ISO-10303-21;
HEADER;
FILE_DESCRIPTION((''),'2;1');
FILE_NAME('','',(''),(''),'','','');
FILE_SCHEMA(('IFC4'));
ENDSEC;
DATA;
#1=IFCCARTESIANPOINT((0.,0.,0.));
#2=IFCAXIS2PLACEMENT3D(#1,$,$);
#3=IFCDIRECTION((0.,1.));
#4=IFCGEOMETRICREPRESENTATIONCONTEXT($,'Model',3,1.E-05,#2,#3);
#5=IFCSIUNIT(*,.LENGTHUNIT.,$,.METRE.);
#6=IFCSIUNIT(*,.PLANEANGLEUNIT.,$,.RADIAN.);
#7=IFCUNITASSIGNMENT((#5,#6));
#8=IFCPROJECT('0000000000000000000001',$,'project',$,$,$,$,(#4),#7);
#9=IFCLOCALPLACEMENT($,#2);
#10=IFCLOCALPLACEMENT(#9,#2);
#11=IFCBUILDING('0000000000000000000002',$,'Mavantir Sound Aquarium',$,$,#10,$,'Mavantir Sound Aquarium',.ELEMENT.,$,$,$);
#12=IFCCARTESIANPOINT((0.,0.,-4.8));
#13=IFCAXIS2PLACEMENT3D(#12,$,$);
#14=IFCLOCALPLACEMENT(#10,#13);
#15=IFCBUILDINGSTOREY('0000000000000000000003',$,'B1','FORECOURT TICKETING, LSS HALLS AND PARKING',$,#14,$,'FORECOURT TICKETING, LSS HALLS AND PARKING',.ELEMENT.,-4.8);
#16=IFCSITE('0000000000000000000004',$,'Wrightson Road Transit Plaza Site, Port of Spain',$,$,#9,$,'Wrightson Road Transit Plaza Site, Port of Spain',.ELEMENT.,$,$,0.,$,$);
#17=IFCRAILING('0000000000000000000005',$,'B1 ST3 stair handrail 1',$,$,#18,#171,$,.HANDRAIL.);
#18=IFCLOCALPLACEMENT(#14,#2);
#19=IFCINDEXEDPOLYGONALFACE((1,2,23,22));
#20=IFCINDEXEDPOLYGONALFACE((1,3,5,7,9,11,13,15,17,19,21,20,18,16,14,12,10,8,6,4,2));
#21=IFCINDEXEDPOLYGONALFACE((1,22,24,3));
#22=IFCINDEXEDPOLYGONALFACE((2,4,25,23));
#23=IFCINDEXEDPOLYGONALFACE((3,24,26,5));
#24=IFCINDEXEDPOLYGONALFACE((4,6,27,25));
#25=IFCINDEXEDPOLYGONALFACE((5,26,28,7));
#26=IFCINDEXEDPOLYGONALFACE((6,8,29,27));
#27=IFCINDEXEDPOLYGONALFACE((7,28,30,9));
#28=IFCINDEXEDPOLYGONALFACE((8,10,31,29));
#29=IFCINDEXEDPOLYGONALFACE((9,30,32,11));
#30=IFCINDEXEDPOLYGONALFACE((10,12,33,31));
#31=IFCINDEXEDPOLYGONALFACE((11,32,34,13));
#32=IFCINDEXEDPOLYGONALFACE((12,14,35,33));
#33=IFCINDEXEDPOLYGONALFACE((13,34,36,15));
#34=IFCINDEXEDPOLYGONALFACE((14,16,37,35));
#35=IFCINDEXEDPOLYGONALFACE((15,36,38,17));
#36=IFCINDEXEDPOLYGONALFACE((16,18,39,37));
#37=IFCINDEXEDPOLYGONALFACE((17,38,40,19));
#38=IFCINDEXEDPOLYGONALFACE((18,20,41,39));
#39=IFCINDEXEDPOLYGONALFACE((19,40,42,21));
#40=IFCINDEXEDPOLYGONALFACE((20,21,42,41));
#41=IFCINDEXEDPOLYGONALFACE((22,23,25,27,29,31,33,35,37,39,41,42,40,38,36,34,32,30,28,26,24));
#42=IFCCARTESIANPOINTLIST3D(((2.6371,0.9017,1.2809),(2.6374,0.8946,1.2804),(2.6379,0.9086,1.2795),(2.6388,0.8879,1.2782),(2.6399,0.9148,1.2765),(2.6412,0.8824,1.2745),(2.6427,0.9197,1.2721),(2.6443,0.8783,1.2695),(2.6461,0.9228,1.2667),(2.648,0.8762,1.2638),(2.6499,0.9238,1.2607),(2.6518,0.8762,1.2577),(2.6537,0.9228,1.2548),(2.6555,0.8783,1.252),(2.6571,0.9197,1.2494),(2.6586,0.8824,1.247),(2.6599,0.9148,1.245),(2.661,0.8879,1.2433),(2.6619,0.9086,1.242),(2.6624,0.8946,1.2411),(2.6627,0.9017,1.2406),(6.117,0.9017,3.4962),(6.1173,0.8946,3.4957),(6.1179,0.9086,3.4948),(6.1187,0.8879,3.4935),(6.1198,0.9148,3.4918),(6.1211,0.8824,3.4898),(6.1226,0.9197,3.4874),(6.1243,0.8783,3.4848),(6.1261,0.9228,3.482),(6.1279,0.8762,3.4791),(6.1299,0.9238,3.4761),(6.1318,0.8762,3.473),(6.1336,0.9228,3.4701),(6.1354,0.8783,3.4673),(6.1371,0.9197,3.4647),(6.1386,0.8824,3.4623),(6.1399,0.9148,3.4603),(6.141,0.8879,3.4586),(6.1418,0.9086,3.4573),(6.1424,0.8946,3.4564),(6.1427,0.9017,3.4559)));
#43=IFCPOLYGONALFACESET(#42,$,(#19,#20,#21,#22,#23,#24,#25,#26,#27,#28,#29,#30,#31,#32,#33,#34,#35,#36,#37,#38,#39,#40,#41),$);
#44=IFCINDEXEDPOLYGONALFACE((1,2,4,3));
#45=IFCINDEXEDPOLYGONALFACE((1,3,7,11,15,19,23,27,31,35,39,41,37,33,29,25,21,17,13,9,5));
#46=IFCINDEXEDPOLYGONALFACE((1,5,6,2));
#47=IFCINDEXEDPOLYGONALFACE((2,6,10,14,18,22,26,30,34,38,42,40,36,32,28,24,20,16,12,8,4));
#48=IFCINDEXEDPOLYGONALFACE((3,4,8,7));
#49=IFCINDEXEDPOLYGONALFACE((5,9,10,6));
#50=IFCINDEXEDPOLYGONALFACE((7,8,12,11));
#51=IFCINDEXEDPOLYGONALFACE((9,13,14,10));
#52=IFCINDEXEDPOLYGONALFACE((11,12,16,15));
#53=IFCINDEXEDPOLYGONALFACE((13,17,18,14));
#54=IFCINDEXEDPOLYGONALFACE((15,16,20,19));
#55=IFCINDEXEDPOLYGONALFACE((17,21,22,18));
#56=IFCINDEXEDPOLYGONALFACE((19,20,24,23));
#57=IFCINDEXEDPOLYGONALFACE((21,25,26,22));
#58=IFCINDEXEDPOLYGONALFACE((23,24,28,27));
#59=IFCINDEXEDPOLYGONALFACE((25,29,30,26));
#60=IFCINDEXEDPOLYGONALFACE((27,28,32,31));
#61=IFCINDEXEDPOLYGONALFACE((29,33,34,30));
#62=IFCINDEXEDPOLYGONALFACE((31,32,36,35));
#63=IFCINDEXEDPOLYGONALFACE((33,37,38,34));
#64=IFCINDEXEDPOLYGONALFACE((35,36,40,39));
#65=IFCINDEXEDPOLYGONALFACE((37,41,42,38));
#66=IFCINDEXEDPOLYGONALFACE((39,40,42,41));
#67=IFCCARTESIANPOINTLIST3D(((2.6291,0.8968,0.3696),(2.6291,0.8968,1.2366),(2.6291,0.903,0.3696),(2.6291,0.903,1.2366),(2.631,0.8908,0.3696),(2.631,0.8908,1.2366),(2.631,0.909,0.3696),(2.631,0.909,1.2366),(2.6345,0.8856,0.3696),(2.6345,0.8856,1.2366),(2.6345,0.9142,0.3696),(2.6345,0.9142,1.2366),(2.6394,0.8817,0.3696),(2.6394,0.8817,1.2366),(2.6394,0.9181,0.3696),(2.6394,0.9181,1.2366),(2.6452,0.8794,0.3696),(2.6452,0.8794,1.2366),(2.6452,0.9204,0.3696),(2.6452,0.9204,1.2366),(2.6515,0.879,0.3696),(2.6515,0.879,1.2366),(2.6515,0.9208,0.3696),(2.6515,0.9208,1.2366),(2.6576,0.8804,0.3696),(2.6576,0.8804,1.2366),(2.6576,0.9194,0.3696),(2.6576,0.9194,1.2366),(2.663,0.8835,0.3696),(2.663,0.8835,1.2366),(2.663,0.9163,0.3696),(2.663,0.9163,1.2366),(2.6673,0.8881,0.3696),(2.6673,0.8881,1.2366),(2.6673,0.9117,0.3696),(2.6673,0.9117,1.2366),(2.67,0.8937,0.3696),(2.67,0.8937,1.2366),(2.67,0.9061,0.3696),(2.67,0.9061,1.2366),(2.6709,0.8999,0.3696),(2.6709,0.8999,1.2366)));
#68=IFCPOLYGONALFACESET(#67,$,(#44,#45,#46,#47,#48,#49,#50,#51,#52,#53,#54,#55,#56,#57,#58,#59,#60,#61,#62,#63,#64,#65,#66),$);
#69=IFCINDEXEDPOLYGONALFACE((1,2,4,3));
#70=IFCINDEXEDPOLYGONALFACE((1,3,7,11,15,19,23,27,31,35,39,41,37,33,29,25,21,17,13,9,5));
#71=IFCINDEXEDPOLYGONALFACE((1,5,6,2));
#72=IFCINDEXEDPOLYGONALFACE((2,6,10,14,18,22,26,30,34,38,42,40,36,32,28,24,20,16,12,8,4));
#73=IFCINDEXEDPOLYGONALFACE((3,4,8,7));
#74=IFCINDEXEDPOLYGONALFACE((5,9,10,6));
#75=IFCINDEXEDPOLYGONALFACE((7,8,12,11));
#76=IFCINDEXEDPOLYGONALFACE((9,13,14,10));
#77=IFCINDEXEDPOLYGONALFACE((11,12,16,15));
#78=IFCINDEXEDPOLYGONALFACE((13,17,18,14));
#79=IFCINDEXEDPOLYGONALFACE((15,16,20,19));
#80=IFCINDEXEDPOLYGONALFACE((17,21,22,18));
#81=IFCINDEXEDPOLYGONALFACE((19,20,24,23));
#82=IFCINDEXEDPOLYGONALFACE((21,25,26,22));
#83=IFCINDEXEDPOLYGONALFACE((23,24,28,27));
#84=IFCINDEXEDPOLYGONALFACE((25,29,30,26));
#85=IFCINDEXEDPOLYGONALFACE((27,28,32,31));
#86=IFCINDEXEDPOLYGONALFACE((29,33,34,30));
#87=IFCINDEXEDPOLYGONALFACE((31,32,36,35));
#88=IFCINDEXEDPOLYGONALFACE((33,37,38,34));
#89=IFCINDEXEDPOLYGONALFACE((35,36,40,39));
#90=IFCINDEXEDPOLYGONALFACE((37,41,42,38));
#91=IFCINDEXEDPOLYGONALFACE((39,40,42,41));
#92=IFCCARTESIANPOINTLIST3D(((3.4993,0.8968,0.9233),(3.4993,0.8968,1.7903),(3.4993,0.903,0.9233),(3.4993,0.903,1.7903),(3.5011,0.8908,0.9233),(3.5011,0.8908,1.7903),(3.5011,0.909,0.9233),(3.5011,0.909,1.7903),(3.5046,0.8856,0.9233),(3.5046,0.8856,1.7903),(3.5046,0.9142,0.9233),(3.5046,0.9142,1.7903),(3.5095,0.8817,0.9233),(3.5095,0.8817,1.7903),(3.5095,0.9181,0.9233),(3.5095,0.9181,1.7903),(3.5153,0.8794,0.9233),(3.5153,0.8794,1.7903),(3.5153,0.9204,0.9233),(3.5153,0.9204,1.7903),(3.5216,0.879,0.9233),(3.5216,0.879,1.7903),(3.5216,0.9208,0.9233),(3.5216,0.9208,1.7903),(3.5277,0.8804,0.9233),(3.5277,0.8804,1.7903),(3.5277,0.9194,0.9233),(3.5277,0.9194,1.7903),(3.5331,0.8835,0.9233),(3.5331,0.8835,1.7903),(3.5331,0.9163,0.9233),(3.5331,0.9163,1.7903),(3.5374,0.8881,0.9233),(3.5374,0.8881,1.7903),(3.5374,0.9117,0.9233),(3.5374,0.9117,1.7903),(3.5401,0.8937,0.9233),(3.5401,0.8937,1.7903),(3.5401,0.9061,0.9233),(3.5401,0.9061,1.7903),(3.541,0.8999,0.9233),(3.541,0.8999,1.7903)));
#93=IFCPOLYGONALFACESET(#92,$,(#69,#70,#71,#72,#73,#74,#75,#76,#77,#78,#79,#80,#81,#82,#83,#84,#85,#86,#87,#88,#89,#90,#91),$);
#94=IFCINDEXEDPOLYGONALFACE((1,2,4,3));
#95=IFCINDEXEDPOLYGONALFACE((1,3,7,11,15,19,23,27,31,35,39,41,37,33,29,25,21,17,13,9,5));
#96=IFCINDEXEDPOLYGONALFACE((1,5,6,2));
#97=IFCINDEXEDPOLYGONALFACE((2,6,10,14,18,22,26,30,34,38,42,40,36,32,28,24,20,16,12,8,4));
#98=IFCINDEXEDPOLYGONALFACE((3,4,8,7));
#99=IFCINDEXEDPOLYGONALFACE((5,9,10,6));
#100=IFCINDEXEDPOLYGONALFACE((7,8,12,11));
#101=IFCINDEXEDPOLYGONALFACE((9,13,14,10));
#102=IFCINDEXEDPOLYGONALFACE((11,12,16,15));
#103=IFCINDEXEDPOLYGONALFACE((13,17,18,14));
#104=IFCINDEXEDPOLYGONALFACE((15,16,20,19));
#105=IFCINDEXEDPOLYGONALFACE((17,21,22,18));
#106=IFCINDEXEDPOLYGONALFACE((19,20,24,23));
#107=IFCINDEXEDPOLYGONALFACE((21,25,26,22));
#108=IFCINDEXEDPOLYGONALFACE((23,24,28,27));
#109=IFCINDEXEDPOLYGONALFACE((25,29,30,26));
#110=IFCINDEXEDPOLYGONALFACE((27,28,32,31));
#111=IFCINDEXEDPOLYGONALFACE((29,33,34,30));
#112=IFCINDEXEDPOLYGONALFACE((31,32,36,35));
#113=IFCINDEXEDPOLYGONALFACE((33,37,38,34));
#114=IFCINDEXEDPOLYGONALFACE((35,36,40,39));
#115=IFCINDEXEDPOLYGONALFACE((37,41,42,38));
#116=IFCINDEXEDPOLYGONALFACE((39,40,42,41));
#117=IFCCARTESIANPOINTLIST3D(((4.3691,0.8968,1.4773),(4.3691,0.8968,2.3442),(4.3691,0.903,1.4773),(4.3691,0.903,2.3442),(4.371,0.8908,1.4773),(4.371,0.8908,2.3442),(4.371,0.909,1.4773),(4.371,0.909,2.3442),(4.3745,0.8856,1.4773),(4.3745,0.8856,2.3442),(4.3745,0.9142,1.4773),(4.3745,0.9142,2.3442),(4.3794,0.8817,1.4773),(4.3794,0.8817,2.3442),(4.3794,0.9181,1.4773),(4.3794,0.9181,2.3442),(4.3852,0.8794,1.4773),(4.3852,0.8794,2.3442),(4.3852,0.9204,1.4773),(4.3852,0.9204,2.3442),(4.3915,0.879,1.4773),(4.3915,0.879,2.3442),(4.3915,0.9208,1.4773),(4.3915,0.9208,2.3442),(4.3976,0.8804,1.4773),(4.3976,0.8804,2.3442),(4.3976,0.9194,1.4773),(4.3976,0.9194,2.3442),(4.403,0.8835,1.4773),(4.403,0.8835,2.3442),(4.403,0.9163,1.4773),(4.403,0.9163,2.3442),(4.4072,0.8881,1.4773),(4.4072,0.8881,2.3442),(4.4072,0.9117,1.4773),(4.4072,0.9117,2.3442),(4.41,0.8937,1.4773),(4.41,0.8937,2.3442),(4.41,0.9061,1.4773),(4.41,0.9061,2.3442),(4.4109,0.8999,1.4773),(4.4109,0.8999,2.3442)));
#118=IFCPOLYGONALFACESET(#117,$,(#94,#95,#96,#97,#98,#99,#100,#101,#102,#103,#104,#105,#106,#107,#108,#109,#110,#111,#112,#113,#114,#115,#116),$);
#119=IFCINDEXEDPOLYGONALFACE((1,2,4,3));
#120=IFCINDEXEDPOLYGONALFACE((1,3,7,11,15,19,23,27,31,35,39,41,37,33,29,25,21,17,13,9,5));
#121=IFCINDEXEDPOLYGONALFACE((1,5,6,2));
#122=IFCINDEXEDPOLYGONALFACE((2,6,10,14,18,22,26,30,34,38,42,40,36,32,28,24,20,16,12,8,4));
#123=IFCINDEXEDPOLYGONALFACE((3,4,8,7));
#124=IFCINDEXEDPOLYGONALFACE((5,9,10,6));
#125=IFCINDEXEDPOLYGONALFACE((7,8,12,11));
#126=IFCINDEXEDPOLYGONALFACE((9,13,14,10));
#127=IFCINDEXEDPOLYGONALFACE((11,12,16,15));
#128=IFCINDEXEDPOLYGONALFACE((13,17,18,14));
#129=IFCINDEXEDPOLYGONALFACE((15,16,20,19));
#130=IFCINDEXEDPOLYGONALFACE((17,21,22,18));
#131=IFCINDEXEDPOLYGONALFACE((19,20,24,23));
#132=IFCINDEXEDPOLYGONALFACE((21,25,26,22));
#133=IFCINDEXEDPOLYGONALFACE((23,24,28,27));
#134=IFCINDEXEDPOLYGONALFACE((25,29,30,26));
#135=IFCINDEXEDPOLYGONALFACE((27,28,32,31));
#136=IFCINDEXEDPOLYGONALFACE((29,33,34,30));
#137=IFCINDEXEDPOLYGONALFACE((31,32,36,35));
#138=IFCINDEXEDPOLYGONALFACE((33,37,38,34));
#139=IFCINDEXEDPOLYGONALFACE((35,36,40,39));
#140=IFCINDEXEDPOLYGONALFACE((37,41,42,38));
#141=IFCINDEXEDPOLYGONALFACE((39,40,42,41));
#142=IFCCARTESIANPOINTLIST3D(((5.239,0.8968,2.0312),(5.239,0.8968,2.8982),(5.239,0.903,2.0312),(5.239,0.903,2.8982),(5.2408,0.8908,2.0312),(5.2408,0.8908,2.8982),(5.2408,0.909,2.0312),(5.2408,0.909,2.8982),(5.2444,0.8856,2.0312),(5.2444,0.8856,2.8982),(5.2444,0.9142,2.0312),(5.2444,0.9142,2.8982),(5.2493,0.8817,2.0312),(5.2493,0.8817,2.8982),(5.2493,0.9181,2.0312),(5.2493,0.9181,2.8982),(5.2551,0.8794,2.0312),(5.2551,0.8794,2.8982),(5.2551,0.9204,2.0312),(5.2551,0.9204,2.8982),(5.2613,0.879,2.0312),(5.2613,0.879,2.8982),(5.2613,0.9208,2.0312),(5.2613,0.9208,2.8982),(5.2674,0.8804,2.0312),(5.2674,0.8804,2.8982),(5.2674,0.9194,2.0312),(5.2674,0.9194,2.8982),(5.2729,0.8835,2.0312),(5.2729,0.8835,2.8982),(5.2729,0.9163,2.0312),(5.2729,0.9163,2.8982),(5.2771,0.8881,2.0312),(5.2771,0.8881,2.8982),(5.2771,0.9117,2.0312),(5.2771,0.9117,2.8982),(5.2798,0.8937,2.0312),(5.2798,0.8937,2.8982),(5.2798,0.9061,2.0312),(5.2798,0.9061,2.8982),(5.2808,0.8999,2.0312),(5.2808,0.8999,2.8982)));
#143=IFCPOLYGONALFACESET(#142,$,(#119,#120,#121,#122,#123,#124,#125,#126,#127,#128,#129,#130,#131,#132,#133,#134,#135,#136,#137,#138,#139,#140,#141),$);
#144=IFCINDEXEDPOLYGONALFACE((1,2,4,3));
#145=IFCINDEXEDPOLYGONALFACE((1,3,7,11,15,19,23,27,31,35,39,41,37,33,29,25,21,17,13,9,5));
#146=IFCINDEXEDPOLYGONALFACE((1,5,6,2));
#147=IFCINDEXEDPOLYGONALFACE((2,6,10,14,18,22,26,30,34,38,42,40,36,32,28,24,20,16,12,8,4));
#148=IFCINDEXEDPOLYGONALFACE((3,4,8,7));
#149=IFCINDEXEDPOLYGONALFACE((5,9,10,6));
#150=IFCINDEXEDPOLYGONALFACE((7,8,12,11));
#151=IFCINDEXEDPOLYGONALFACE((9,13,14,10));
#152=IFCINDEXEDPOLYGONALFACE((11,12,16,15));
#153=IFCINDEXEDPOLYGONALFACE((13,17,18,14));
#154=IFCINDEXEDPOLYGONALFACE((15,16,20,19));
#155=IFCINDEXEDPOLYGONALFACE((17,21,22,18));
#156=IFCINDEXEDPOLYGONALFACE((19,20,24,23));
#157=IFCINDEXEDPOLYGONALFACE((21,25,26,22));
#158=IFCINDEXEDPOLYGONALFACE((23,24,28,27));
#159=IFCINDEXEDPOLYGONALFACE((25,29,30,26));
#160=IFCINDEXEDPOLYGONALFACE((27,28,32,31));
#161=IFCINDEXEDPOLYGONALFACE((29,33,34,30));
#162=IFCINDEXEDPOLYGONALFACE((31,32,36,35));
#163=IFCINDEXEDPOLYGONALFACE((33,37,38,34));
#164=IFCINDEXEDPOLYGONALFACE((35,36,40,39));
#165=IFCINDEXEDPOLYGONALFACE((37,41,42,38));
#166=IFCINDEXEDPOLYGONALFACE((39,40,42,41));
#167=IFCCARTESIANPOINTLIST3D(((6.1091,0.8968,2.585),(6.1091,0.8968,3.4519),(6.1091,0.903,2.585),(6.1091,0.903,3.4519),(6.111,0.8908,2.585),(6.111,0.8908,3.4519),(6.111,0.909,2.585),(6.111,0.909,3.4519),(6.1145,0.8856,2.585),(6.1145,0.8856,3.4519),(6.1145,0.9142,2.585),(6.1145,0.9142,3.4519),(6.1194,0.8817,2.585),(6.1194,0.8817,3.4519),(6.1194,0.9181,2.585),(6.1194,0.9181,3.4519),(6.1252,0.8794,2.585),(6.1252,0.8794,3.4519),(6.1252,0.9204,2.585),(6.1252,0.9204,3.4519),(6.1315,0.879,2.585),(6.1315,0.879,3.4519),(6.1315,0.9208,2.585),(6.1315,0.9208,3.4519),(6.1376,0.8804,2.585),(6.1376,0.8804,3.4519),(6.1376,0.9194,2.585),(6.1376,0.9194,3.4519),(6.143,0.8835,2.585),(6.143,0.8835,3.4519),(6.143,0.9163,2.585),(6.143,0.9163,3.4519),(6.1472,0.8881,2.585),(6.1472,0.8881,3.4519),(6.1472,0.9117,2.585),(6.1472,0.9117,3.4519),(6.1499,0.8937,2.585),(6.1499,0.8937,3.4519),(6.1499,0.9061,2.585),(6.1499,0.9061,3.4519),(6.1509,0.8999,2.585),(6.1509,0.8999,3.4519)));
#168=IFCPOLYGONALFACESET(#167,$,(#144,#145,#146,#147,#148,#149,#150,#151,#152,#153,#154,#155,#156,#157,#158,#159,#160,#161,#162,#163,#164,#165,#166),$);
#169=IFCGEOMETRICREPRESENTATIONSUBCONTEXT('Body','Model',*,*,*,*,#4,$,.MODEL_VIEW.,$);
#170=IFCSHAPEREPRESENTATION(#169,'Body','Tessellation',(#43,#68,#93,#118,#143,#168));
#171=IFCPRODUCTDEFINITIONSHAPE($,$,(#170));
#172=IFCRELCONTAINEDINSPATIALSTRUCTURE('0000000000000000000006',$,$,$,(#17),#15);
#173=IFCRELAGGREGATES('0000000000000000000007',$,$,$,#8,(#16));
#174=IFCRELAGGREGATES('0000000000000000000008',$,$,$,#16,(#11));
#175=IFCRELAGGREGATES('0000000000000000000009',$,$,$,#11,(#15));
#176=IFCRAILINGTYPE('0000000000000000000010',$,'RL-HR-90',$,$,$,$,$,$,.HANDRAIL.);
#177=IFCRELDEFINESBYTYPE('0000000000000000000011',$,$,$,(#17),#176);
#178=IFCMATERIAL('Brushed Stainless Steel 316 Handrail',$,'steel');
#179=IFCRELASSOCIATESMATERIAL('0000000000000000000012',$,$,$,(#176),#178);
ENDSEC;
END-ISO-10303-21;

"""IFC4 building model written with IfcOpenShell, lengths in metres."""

from ifc_helpers import new_model, si_unit, direction, frame, origin, origin_2d, place, context, subcontext, project, spatial, circle, extrude, material, type_object, element, save


model = new_model("IFC4")

# Units and contexts
model_context = context("Model", 3, precision=1e-05, world=origin(), true_north=direction((0.0, 1.0)))
body_context = subcontext(model_context, "Body", "Model", "MODEL_VIEW")
ifc_project = project(units=[si_unit("LENGTHUNIT", "METRE"), si_unit("PLANEANGLEUNIT", "RADIAN")], contexts=[model_context])

# Site, building, storey
site_placement = place(None, origin())
site = spatial("IfcSite", under=ifc_project, at=site_placement, Name="Wrightson Road Transit Plaza Site, Port of Spain", LongName="Wrightson Road Transit Plaza Site, Port of Spain", CompositionType="ELEMENT", RefElevation=0.0)
building_placement = place(site_placement, origin())
building = spatial("IfcBuilding", under=site, at=building_placement, Name="Mavantir Sound Aquarium", LongName="Mavantir Sound Aquarium", CompositionType="ELEMENT")
storey_placement = place(building_placement, frame((0.0, 0.0, -4.8)))
storey = spatial("IfcBuildingStorey", under=building, at=storey_placement, Name="B1", Description="FORECOURT TICKETING, LSS HALLS AND PARKING", LongName="FORECOURT TICKETING, LSS HALLS AND PARKING", CompositionType="ELEMENT", Elevation=-4.8)

# Railing
ifc_material_1 = material(Name="Brushed Stainless Steel 316 Handrail", Category="steel")
railing_type_1 = type_object("IfcRailingType", Name="RL-HR-90", PredefinedType="HANDRAIL", material=ifc_material_1)
railing_1_placement = place(storey_placement, frame((2.6499, 0.8999, 0.3696)))
element("IfcRailing", 1, at=railing_1_placement, inside=storey, type_object=railing_type_1, Name="B1 ST3 stair handrail 1", PredefinedType="HANDRAIL", context=body_context, shape_type="SweptSolid", body=[
    extrude(circle(Radius=0.0239, at=origin_2d()), frame((0.0, 0.0, 0.8911), z_axis=(0.843574, 0.0, 0.537013), x_axis=(0.0, 1.0, 0.0)), (0.0, 0.0, 1.0), 4.1252),
    extrude(circle(Radius=0.021, at=origin_2d()), origin(), (0.0, 0.0, 1.0), 0.8669),
    extrude(circle(Radius=0.021, at=origin_2d()), frame((0.8701, 0.0, 0.5537)), (0.0, 0.0, 1.0), 0.8669),
    extrude(circle(Radius=0.021, at=origin_2d()), frame((1.74, 0.0, 1.1077)), (0.0, 0.0, 1.0), 0.8669),
    extrude(circle(Radius=0.021, at=origin_2d()), frame((2.6099, 0.0, 1.6616)), (0.0, 0.0, 1.0), 0.8669),
    extrude(circle(Radius=0.021, at=origin_2d()), frame((3.48, 0.0, 2.2153)), (0.0, 0.0, 1.0), 0.8669),
])

save(model, "model.ifc")
